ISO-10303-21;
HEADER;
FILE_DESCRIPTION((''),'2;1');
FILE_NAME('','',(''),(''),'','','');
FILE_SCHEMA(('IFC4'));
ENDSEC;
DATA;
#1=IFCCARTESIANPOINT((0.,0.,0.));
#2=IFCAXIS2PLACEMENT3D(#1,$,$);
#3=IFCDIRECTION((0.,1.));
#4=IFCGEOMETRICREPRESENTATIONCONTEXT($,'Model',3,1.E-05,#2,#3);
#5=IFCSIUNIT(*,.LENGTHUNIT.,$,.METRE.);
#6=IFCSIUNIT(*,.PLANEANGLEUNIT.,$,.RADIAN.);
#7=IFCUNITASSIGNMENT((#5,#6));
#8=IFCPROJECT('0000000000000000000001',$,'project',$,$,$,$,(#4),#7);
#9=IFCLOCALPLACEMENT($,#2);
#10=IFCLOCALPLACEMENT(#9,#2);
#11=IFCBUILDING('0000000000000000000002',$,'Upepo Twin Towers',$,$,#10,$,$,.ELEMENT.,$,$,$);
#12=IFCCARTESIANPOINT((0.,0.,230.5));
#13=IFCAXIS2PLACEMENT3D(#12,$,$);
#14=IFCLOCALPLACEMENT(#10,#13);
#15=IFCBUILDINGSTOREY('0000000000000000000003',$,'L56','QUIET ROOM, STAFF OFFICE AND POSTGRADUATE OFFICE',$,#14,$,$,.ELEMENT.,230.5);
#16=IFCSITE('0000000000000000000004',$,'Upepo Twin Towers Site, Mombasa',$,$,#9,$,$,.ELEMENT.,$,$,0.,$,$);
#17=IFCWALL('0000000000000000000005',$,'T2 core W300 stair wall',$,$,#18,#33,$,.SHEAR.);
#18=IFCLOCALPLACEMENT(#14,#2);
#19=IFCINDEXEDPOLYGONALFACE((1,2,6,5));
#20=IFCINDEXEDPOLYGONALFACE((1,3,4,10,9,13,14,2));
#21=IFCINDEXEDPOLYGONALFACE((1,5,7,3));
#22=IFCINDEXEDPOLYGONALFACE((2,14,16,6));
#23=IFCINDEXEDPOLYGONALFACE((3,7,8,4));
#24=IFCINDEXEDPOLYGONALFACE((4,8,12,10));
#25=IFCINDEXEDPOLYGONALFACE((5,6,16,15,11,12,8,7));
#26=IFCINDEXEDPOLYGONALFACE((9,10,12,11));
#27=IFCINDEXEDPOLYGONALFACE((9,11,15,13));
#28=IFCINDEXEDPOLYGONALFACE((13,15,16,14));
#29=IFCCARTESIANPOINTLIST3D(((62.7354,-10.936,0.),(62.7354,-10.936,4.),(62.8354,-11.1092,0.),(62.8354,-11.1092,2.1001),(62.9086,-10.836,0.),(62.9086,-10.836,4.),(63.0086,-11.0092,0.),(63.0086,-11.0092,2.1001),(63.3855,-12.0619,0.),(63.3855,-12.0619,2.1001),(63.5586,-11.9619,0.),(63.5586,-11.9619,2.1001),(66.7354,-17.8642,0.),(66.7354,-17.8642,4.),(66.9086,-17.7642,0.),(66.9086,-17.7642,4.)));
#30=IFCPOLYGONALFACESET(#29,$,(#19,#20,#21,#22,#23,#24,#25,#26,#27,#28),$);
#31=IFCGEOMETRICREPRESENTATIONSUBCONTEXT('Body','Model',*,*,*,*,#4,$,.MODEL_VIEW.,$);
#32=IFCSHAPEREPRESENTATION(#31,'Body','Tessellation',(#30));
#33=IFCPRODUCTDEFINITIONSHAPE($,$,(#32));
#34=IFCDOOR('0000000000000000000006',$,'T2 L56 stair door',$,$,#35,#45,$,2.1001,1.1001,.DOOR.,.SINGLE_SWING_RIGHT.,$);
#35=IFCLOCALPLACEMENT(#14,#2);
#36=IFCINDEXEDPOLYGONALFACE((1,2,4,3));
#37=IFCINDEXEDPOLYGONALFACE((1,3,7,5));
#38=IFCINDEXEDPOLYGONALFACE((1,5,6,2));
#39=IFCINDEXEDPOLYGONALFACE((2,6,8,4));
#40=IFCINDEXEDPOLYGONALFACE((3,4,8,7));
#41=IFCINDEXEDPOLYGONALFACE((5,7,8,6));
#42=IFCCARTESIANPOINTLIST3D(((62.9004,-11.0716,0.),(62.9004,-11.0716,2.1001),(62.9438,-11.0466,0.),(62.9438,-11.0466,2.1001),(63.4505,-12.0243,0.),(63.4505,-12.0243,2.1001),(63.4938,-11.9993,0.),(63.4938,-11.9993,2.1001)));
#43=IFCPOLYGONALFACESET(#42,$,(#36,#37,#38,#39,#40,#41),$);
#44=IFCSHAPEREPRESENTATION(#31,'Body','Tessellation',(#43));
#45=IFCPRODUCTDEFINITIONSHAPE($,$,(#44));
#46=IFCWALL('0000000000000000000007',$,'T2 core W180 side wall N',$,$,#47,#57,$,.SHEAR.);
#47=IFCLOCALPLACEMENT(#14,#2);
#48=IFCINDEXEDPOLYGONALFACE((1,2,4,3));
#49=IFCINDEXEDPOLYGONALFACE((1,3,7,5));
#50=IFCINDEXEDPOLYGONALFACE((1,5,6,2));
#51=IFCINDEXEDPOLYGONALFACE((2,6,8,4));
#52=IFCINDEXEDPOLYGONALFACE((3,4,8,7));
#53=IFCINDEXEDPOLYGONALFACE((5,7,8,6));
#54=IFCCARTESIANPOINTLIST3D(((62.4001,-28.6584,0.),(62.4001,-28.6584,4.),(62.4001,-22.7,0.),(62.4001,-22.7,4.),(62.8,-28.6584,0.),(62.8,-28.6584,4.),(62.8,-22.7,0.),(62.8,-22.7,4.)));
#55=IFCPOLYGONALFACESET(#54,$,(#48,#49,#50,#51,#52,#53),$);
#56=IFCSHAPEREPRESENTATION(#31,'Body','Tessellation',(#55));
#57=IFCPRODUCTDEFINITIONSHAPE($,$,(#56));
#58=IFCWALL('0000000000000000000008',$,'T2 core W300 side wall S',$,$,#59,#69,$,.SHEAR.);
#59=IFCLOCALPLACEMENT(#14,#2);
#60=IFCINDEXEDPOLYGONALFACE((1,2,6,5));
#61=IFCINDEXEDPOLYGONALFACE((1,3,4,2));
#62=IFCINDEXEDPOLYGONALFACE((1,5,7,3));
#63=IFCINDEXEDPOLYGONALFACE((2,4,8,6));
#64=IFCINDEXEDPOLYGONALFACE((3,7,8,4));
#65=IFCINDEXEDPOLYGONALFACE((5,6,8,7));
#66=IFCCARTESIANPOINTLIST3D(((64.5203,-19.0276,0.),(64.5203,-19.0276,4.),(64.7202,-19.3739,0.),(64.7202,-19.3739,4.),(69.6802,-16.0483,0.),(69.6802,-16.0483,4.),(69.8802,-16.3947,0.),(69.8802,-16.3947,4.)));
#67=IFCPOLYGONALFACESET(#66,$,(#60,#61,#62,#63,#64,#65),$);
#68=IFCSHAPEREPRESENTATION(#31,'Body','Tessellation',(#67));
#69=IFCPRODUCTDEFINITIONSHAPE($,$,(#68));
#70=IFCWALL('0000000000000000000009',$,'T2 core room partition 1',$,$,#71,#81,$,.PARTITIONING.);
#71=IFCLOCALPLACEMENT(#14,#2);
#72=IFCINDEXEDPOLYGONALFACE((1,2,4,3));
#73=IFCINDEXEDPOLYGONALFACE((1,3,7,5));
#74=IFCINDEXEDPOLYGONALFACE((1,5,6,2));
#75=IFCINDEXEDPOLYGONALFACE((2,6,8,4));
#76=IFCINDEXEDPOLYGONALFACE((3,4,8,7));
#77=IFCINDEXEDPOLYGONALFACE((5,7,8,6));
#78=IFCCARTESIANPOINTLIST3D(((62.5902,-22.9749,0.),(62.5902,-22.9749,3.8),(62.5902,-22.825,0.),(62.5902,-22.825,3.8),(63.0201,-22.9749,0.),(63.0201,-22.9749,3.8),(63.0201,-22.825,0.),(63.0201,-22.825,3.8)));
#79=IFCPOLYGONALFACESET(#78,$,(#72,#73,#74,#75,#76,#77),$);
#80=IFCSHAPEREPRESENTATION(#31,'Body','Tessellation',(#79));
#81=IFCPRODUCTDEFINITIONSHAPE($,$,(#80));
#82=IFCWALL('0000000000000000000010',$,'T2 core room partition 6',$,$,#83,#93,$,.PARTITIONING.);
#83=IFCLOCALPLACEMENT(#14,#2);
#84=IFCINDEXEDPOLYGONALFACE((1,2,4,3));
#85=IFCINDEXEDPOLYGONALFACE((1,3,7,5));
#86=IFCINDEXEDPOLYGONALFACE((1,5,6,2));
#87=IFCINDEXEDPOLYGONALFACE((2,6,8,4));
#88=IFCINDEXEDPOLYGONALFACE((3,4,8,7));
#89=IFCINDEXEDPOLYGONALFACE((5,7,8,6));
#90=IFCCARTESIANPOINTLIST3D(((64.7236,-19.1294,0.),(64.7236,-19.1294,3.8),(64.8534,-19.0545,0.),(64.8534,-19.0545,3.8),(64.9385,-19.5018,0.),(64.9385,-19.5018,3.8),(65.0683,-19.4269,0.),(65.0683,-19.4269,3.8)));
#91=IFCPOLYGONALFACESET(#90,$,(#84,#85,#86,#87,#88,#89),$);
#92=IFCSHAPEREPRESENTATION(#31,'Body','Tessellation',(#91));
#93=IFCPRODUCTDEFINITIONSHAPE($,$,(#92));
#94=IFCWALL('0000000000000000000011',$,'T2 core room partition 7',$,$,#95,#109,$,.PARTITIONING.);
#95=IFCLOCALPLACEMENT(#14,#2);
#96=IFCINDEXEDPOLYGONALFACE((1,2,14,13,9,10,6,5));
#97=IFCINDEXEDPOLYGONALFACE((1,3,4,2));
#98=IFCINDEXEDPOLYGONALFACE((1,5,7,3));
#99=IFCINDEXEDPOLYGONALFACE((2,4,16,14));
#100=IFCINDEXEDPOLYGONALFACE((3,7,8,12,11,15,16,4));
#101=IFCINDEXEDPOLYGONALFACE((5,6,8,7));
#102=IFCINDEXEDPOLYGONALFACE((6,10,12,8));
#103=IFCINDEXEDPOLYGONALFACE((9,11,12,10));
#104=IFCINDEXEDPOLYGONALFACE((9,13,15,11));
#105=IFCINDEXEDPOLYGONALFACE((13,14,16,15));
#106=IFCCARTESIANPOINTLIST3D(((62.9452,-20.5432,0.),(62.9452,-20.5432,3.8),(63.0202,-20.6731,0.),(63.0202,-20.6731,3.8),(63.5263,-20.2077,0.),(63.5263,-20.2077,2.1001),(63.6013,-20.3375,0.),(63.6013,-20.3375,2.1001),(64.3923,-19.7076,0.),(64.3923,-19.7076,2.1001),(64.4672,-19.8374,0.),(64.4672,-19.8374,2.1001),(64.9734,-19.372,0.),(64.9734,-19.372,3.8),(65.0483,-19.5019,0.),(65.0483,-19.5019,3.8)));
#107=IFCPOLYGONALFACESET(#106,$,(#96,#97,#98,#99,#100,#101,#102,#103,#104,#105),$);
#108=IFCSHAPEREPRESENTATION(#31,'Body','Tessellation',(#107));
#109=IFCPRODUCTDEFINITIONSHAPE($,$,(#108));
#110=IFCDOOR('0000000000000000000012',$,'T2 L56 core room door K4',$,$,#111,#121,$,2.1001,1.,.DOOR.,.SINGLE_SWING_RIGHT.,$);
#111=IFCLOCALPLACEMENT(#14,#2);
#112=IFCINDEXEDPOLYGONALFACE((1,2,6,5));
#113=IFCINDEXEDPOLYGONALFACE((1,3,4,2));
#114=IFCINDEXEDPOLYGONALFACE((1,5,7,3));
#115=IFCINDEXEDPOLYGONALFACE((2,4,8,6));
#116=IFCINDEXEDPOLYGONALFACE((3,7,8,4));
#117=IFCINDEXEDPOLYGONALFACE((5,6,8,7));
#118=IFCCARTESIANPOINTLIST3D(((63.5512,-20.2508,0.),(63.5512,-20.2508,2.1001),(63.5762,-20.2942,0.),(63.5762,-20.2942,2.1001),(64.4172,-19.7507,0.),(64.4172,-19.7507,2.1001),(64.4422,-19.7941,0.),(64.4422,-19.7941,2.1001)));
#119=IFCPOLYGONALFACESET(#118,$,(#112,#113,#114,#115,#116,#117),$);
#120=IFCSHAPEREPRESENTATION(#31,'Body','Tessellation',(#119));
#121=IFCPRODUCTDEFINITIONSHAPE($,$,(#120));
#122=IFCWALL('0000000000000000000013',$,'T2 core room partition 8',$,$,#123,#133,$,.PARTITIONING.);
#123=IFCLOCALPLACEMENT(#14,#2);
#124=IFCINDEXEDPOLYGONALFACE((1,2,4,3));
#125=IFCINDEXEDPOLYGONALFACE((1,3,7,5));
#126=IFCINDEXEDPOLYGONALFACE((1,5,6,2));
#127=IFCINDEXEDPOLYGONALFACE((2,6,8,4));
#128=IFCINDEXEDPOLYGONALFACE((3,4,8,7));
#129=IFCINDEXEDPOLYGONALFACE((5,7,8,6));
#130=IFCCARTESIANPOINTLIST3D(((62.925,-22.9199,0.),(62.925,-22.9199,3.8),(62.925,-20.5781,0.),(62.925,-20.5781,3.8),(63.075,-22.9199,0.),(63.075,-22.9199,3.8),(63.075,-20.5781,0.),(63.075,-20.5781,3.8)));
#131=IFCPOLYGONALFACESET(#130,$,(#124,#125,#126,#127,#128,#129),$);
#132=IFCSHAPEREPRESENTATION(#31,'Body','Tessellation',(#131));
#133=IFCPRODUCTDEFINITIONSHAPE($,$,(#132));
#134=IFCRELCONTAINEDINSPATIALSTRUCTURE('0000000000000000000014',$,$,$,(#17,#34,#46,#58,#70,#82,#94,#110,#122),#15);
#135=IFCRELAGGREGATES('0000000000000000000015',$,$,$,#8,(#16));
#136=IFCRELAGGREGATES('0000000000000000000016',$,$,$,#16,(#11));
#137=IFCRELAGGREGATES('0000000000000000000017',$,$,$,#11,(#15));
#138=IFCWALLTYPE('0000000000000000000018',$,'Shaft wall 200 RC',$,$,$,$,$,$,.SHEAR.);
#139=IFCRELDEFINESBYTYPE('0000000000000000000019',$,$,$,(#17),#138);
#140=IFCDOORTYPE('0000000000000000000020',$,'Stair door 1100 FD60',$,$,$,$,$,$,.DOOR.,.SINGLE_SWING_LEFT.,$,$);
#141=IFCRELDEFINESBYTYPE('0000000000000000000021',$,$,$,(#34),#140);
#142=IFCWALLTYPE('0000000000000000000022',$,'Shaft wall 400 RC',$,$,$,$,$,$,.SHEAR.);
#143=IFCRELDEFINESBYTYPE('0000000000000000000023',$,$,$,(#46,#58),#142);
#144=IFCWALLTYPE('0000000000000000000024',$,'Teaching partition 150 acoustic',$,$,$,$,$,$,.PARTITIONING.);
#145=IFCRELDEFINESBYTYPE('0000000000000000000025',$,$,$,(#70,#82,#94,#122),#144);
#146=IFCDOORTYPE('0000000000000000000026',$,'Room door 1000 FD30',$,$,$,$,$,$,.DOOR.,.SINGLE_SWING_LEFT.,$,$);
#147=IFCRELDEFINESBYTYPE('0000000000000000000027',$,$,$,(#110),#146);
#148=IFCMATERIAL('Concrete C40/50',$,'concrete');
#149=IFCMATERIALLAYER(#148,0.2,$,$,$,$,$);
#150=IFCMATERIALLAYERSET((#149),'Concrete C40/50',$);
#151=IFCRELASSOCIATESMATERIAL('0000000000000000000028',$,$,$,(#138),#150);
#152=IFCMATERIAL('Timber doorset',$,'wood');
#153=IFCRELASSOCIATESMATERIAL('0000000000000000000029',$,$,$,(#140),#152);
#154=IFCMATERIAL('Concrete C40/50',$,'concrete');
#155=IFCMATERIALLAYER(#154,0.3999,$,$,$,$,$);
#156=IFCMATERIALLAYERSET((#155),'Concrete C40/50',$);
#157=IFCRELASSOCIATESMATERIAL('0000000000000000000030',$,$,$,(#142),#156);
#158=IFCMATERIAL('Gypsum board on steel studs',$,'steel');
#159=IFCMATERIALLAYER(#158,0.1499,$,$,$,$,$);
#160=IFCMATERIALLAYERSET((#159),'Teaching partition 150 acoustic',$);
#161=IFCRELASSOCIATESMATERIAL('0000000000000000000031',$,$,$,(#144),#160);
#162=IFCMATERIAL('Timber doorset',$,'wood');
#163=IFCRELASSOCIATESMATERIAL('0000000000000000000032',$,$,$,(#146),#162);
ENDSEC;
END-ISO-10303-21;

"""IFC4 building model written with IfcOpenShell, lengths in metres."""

from ifc_helpers import new_model, si_unit, direction, frame, frame_2d, origin, place, context, subcontext, project, spatial, rectangle, extrude, material, layer, layer_set, type_object, element, fill, save


model = new_model("IFC4")

# Units and contexts
model_context = context("Model", 3, precision=1e-05, world=origin(), true_north=direction((0.0, 1.0)))
body_context = subcontext(model_context, "Body", "Model", "MODEL_VIEW")
ifc_project = project(units=[si_unit("LENGTHUNIT", "METRE"), si_unit("PLANEANGLEUNIT", "RADIAN")], contexts=[model_context])

# Site, building, storey
site_placement = place(None, origin())
site = spatial("IfcSite", under=ifc_project, at=site_placement, Name="Upepo Twin Towers Site, Mombasa", CompositionType="ELEMENT", RefElevation=0.0)
building_placement = place(site_placement, origin())
building = spatial("IfcBuilding", under=site, at=building_placement, Name="Upepo Twin Towers", CompositionType="ELEMENT")
storey_placement = place(building_placement, frame((0.0, 0.0, 230.5)))
storey = spatial("IfcBuildingStorey", under=building, at=storey_placement, Name="L56", Description="QUIET ROOM, STAFF OFFICE AND POSTGRADUATE OFFICE", CompositionType="ELEMENT", Elevation=230.5)

# Shared definitions
ifc_material_1 = material(Name="Concrete C40/50", Category="concrete")
ifc_layer_1 = layer(ifc_material_1, 0.2)
ifc_layer_set_1 = layer_set([ifc_layer_1], Name="Concrete C40/50")
wall_type_1 = type_object("IfcWallType", Name="Shaft wall 200 RC", PredefinedType="SHEAR", material=ifc_layer_set_1)

# Wall, opening, door
wall_1_placement = place(storey_placement, frame((66.822, -17.8142, 0.0), z_axis=(0.0, 0.0, 1.0), x_axis=(-0.499999, 0.866026, 0.0)))
wall_1 = element("IfcWall", 1, at=wall_1_placement, inside=storey, type_object=wall_type_1, Name="T2 core W300 stair wall", PredefinedType="SHEAR", context=body_context, shape_type="SweptSolid", body=[
    extrude(rectangle(XDim=8.0, YDim=0.2, at=frame_2d((4.0, 0.0))), origin(), (0.0, 0.0, 1.0), 4.0),
])
opening_1_placement = place(wall_1_placement, frame((6.7, 0.0, 0.0)))
opening_1 = element("IfcOpeningElement", 2, at=opening_1_placement, cuts=wall_1, PredefinedType="OPENING", context=body_context, shape_type="SweptSolid", body=[
    extrude(rectangle(XDim=1.1001, YDim=2.1001, at=frame_2d((0.55, 1.05))), frame((0.0, 0.1099, 0.0), z_axis=(0.0, -1.0, 0.0), x_axis=(1.0, 0.0, 0.0)), (0.0, 0.0, 1.0), 0.22),
])
ifc_material_2 = material(Name="Timber doorset", Category="wood")
door_type_1 = type_object("IfcDoorType", Name="Stair door 1100 FD60", OperationType="SINGLE_SWING_LEFT", PredefinedType="DOOR", material=ifc_material_2)
door_1_placement = place(opening_1_placement, origin())
door_1 = element("IfcDoor", 3, at=door_1_placement, inside=storey, type_object=door_type_1, Name="T2 L56 stair door", OperationType="SINGLE_SWING_RIGHT", OverallHeight=2.1001, OverallWidth=1.1001, PredefinedType="DOOR", context=body_context, shape_type="SweptSolid", body=[
    extrude(rectangle(XDim=1.1001, YDim=2.1001, at=frame_2d((0.55, 1.05))), frame((0.0, 0.0249, 0.0), z_axis=(0.0, -1.0, 0.0), x_axis=(1.0, 0.0, 0.0)), (0.0, 0.0, 1.0), 0.05),
])
fill(opening_1, door_1)

# Walls
ifc_material_3 = material(Name="Concrete C40/50", Category="concrete")
ifc_layer_2 = layer(ifc_material_3, 0.3999)
ifc_layer_set_2 = layer_set([ifc_layer_2], Name="Concrete C40/50")
wall_type_2 = type_object("IfcWallType", Name="Shaft wall 400 RC", PredefinedType="SHEAR", material=ifc_layer_set_2)
wall_2_placement = place(storey_placement, frame((62.6001, -22.7, 0.0), z_axis=(0.0, 0.0, 1.0), x_axis=(0.0, -1.0, 0.0)))
element("IfcWall", 4, at=wall_2_placement, inside=storey, type_object=wall_type_2, Name="T2 core W180 side wall N", PredefinedType="SHEAR", context=body_context, shape_type="SweptSolid", body=[
    extrude(rectangle(XDim=5.9585, YDim=0.3999, at=frame_2d((2.9792, 0.0))), origin(), (0.0, 0.0, 1.0), 4.0),
])
wall_3_placement = place(storey_placement, frame((64.6204, -19.2007, 0.0), z_axis=(0.0, 0.0, 1.0), x_axis=(0.866013, 0.500022, 0.0)))
element("IfcWall", 5, at=wall_3_placement, inside=storey, type_object=wall_type_2, Name="T2 core W300 side wall S", PredefinedType="SHEAR", context=body_context, shape_type="SweptSolid", body=[
    extrude(rectangle(XDim=5.9583, YDim=0.3999, at=frame_2d((2.979, 0.0))), origin(), (0.0, 0.0, 1.0), 4.0),
])
ifc_material_4 = material(Name="Gypsum board on steel studs", Category="steel")
ifc_layer_3 = layer(ifc_material_4, 0.1499)
ifc_layer_set_3 = layer_set([ifc_layer_3], Name="Teaching partition 150 acoustic")
wall_type_3 = type_object("IfcWallType", Name="Teaching partition 150 acoustic", PredefinedType="PARTITIONING", material=ifc_layer_set_3)
for number, where, z_axis, x_axis, name in (
    (6, (63.02, -22.8999, 0.0), (0.0, 0.0, 1.0), (-1.0, 0.0, 0.0), "T2 core room partition 1"),
    (7, (64.7886, -19.092, 0.0), (0.0, 0.0, 1.0), (0.499804, -0.866138, 0.0), "T2 core room partition 6"),
):
    element("IfcWall", number, at=place(storey_placement, frame(where, z_axis=z_axis, x_axis=x_axis)), inside=storey, type_object=wall_type_3, Name=name, PredefinedType="PARTITIONING", context=body_context, shape_type="SweptSolid", body=[
        extrude(rectangle(XDim=0.4299, YDim=0.1499, at=frame_2d((0.2148, 0.0))), origin(), (0.0, 0.0, 1.0), 3.8),
    ])

# Wall, opening, door
wall_4_placement = place(storey_placement, frame((65.0107, -19.437, 0.0), z_axis=(0.0, 0.0, 1.0), x_axis=(-0.865982, -0.500074, 0.0)))
wall_4 = element("IfcWall", 8, at=wall_4_placement, inside=storey, type_object=wall_type_3, Name="T2 core room partition 7", PredefinedType="PARTITIONING", context=body_context, shape_type="SweptSolid", body=[
    extrude(rectangle(XDim=2.342, YDim=0.1499, at=frame_2d((1.1709, 0.0))), origin(), (0.0, 0.0, 1.0), 3.8),
])
opening_2_placement = place(wall_4_placement, frame((0.6709, 0.0, 0.0)))
opening_2 = element("IfcOpeningElement", 9, at=opening_2_placement, cuts=wall_4, PredefinedType="OPENING", context=body_context, shape_type="SweptSolid", body=[
    extrude(rectangle(XDim=1.0, YDim=2.1001, at=frame_2d((0.5, 1.05))), frame((0.0, 0.085, 0.0), z_axis=(0.0, -1.0, 0.0), x_axis=(1.0, 0.0, 0.0)), (0.0, 0.0, 1.0), 0.1699),
])
ifc_material_5 = material(Name="Timber doorset", Category="wood")
door_type_2 = type_object("IfcDoorType", Name="Room door 1000 FD30", OperationType="SINGLE_SWING_LEFT", PredefinedType="DOOR", material=ifc_material_5)
door_2_placement = place(opening_2_placement, origin())
door_2 = element("IfcDoor", 10, at=door_2_placement, inside=storey, type_object=door_type_2, Name="T2 L56 core room door K4", OperationType="SINGLE_SWING_RIGHT", OverallHeight=2.1001, OverallWidth=1.0, PredefinedType="DOOR", context=body_context, shape_type="SweptSolid", body=[
    extrude(rectangle(XDim=1.0, YDim=2.1001, at=frame_2d((0.5, 1.05))), frame((0.0, 0.0249, 0.0), z_axis=(0.0, -1.0, 0.0), x_axis=(1.0, 0.0, 0.0)), (0.0, 0.0, 1.0), 0.05),
])
fill(opening_2, door_2)

# Wall
wall_5_placement = place(storey_placement, frame((63.0, -20.5781, 0.0), z_axis=(0.0, 0.0, 1.0), x_axis=(0.0, -1.0, 0.0)))
element("IfcWall", 11, at=wall_5_placement, inside=storey, type_object=wall_type_3, Name="T2 core room partition 8", PredefinedType="PARTITIONING", context=body_context, shape_type="SweptSolid", body=[
    extrude(rectangle(XDim=2.3418, YDim=0.1499, at=frame_2d((1.1709, 0.0))), origin(), (0.0, 0.0, 1.0), 3.8),
])

save(model, "model.ifc")
